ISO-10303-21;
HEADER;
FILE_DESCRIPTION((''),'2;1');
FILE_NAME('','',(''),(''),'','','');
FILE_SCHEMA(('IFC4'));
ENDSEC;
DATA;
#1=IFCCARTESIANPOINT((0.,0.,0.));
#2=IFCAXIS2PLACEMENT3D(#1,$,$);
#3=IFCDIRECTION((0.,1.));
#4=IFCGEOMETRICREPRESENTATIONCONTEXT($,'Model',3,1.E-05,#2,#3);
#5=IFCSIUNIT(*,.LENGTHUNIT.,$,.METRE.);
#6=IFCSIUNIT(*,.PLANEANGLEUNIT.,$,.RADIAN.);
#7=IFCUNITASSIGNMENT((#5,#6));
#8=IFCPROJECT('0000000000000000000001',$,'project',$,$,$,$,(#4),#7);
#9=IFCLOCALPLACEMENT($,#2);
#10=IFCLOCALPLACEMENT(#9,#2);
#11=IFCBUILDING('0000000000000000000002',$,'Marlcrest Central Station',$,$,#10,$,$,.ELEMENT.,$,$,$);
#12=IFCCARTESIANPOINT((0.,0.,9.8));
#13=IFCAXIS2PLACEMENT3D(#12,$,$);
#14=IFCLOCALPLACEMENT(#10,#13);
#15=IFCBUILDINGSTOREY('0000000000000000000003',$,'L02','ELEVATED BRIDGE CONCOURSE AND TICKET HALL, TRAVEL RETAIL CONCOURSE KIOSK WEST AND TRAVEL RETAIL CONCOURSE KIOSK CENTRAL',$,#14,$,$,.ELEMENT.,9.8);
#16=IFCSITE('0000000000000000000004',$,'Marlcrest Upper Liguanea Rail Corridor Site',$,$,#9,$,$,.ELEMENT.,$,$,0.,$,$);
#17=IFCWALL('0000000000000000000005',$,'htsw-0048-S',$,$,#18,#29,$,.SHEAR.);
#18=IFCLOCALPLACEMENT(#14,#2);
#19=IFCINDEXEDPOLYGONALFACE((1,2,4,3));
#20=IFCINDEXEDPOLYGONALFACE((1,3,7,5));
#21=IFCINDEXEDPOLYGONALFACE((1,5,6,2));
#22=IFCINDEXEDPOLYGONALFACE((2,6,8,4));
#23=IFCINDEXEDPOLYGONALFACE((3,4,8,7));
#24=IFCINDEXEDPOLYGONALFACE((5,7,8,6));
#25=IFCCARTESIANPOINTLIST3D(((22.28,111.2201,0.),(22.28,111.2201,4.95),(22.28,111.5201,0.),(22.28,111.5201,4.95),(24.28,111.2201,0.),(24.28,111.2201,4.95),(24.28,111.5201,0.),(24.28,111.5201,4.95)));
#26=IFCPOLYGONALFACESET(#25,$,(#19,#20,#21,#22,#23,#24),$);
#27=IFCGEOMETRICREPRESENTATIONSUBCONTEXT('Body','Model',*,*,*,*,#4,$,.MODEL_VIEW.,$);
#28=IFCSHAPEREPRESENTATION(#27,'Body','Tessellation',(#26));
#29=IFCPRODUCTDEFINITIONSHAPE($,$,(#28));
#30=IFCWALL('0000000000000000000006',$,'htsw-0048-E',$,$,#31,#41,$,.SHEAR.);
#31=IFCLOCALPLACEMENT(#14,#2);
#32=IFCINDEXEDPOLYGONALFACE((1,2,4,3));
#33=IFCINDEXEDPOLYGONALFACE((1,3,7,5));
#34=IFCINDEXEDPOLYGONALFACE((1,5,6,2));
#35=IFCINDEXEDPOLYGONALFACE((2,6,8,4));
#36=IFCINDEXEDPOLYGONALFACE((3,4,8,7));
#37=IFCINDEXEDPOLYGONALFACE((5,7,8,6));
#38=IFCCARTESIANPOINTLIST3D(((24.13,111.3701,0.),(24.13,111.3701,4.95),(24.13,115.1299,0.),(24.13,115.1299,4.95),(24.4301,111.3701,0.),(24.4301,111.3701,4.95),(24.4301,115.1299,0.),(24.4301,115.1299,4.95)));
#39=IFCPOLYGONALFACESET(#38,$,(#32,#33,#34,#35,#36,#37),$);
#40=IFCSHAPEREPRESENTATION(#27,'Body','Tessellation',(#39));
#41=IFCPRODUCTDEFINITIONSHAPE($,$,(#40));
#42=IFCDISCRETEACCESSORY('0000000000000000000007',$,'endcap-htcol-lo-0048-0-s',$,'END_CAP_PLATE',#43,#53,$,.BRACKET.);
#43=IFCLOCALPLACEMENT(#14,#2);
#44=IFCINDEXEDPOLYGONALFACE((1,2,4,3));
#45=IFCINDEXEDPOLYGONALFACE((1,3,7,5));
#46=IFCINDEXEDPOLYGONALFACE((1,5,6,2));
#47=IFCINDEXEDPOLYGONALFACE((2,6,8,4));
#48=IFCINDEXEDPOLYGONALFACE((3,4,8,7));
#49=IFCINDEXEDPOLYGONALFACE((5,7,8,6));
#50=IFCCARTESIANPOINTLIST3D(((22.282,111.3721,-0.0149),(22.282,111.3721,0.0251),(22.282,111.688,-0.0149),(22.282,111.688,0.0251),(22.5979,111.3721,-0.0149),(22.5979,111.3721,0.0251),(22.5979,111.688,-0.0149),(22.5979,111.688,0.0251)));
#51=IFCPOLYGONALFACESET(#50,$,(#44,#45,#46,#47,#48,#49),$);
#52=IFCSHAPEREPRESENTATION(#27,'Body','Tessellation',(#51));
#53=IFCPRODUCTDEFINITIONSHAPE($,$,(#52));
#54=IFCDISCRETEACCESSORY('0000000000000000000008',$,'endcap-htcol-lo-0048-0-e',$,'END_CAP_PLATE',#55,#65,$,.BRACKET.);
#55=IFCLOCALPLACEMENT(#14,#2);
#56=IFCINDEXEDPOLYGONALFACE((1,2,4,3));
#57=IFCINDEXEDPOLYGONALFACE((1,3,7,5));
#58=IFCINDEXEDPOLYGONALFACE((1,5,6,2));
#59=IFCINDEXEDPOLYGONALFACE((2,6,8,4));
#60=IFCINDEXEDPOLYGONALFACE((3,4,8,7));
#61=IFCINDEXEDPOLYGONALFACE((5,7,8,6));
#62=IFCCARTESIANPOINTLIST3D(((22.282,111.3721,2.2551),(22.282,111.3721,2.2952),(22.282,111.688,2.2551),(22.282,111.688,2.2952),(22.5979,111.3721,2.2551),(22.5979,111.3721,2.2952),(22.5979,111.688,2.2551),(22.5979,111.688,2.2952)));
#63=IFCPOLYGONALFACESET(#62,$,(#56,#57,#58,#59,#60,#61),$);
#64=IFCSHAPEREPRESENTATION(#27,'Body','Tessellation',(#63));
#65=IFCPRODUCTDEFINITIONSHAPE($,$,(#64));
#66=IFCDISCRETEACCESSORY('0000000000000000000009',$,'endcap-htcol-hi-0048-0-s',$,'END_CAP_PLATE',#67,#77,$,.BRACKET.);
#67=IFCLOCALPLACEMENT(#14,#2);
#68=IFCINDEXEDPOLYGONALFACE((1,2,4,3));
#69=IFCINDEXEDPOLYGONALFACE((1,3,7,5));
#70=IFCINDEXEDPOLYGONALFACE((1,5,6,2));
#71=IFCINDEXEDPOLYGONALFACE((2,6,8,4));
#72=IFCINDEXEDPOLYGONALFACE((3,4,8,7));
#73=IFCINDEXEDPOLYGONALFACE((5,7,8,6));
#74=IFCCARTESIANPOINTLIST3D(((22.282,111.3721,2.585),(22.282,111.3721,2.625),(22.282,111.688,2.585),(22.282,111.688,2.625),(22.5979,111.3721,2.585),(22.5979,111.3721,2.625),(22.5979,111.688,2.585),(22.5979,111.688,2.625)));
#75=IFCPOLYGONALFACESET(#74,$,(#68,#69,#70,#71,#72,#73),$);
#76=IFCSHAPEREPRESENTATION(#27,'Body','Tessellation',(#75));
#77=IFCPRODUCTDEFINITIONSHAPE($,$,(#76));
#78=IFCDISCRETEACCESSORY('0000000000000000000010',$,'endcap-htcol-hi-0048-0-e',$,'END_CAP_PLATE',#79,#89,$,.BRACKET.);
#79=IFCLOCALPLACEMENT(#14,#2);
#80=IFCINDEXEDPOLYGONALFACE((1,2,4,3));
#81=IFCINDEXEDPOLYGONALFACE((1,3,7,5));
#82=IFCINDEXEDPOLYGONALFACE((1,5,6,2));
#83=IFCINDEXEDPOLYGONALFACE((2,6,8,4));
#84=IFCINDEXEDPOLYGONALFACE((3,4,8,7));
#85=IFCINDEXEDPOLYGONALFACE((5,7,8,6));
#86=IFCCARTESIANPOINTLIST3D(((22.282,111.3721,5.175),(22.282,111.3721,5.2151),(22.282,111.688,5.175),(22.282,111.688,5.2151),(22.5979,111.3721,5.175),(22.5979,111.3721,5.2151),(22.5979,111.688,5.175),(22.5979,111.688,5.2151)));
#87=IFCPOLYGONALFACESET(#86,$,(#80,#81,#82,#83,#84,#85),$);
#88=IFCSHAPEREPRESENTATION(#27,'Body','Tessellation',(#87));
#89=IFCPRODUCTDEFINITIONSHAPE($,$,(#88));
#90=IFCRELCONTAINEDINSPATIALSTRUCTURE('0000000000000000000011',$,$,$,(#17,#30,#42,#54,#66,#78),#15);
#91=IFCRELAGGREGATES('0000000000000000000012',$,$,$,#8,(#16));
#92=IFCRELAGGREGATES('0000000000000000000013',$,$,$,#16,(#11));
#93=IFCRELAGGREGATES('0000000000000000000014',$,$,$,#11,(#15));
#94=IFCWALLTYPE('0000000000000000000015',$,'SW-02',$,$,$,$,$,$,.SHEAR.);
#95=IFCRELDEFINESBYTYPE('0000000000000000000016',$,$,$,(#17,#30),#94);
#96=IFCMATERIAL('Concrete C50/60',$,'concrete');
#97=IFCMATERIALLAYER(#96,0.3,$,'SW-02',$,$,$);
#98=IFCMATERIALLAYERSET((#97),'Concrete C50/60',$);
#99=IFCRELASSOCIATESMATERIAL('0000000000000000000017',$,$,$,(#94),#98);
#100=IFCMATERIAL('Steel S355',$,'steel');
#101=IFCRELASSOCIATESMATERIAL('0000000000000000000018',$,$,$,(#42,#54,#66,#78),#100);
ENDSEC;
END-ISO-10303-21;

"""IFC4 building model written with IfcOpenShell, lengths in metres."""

from ifc_helpers import new_model, si_unit, direction, frame, frame_2d, origin, origin_2d, place, context, subcontext, project, spatial, rectangle, extrude, material, layer, layer_set, type_object, element, save


model = new_model("IFC4")

# Units and contexts
model_context = context("Model", 3, precision=1e-05, world=origin(), true_north=direction((0.0, 1.0)))
body_context = subcontext(model_context, "Body", "Model", "MODEL_VIEW")
ifc_project = project(units=[si_unit("LENGTHUNIT", "METRE"), si_unit("PLANEANGLEUNIT", "RADIAN")], contexts=[model_context])

# Site, building, storey
site_placement = place(None, origin())
site = spatial("IfcSite", under=ifc_project, at=site_placement, Name="Marlcrest Upper Liguanea Rail Corridor Site", CompositionType="ELEMENT", RefElevation=0.0)
building_placement = place(site_placement, origin())
building = spatial("IfcBuilding", under=site, at=building_placement, Name="Marlcrest Central Station", CompositionType="ELEMENT")
storey_placement = place(building_placement, frame((0.0, 0.0, 9.8)))
storey = spatial("IfcBuildingStorey", under=building, at=storey_placement, Name="L02", Description="ELEVATED BRIDGE CONCOURSE AND TICKET HALL, TRAVEL RETAIL CONCOURSE KIOSK WEST AND TRAVEL RETAIL CONCOURSE KIOSK CENTRAL", CompositionType="ELEMENT", Elevation=9.8)

# Shared definitions
ifc_material_1 = material(Name="Steel S355", Category="steel")

# Walls
ifc_material_2 = material(Name="Concrete C50/60", Category="concrete")
ifc_layer_1 = layer(ifc_material_2, 0.3, Name="SW-02")
ifc_layer_set_1 = layer_set([ifc_layer_1], Name="Concrete C50/60")
wall_type_1 = type_object("IfcWallType", Name="SW-02", PredefinedType="SHEAR", material=ifc_layer_set_1)
wall_1_placement = place(storey_placement, frame((22.28, 111.3701, 0.0), z_axis=(0.0, 0.0, 1.0), x_axis=(1.0, 0.0, 0.0)))
element("IfcWall", 1, at=wall_1_placement, inside=storey, type_object=wall_type_1, Name="htsw-0048-S", PredefinedType="SHEAR", context=body_context, shape_type="SweptSolid", body=[
    extrude(rectangle(XDim=2.0, YDim=0.3, at=frame_2d((1.0, 0.0))), origin(), (0.0, 0.0, 1.0), 4.95),
])
wall_2_placement = place(storey_placement, frame((24.28, 111.3701, 0.0), z_axis=(0.0, 0.0, 1.0), x_axis=(0.0, 1.0, 0.0)))
element("IfcWall", 2, at=wall_2_placement, inside=storey, type_object=wall_type_1, Name="htsw-0048-E", PredefinedType="SHEAR", context=body_context, shape_type="SweptSolid", body=[
    extrude(rectangle(XDim=3.7598, YDim=0.3, at=frame_2d((1.8799, 0.0))), origin(), (0.0, 0.0, 1.0), 4.95),
])

# Discrete accessories
for number, where, z_axis, x_axis, name in (
    (3, (22.4399, 111.53, -0.0149), (0.0, 0.0, 1.0), (1.0, 0.0, 0.0), "endcap-htcol-lo-0048-0-s"),
    (4, (22.4399, 111.53, 2.2551), (0.0, 0.0, 1.0), (1.0, 0.0, 0.0), "endcap-htcol-lo-0048-0-e"),
    (5, (22.4399, 111.53, 2.585), (0.0, 0.0, 1.0), (1.0, 0.0, 0.0), "endcap-htcol-hi-0048-0-s"),
    (6, (22.4399, 111.53, 5.175), (0.0, 0.0, 1.0), (1.0, 0.0, 0.0), "endcap-htcol-hi-0048-0-e"),
):
    element("IfcDiscreteAccessory", number, at=place(storey_placement, frame(where, z_axis=z_axis, x_axis=x_axis)), inside=storey, material=ifc_material_1, Name=name, ObjectType="END_CAP_PLATE", PredefinedType="BRACKET", context=body_context, shape_type="SweptSolid", body=[
        extrude(rectangle(XDim=0.3159, YDim=0.3159, at=origin_2d()), origin(), (0.0, 0.0, 1.0), 0.04),
    ])

save(model, "model.ifc")
